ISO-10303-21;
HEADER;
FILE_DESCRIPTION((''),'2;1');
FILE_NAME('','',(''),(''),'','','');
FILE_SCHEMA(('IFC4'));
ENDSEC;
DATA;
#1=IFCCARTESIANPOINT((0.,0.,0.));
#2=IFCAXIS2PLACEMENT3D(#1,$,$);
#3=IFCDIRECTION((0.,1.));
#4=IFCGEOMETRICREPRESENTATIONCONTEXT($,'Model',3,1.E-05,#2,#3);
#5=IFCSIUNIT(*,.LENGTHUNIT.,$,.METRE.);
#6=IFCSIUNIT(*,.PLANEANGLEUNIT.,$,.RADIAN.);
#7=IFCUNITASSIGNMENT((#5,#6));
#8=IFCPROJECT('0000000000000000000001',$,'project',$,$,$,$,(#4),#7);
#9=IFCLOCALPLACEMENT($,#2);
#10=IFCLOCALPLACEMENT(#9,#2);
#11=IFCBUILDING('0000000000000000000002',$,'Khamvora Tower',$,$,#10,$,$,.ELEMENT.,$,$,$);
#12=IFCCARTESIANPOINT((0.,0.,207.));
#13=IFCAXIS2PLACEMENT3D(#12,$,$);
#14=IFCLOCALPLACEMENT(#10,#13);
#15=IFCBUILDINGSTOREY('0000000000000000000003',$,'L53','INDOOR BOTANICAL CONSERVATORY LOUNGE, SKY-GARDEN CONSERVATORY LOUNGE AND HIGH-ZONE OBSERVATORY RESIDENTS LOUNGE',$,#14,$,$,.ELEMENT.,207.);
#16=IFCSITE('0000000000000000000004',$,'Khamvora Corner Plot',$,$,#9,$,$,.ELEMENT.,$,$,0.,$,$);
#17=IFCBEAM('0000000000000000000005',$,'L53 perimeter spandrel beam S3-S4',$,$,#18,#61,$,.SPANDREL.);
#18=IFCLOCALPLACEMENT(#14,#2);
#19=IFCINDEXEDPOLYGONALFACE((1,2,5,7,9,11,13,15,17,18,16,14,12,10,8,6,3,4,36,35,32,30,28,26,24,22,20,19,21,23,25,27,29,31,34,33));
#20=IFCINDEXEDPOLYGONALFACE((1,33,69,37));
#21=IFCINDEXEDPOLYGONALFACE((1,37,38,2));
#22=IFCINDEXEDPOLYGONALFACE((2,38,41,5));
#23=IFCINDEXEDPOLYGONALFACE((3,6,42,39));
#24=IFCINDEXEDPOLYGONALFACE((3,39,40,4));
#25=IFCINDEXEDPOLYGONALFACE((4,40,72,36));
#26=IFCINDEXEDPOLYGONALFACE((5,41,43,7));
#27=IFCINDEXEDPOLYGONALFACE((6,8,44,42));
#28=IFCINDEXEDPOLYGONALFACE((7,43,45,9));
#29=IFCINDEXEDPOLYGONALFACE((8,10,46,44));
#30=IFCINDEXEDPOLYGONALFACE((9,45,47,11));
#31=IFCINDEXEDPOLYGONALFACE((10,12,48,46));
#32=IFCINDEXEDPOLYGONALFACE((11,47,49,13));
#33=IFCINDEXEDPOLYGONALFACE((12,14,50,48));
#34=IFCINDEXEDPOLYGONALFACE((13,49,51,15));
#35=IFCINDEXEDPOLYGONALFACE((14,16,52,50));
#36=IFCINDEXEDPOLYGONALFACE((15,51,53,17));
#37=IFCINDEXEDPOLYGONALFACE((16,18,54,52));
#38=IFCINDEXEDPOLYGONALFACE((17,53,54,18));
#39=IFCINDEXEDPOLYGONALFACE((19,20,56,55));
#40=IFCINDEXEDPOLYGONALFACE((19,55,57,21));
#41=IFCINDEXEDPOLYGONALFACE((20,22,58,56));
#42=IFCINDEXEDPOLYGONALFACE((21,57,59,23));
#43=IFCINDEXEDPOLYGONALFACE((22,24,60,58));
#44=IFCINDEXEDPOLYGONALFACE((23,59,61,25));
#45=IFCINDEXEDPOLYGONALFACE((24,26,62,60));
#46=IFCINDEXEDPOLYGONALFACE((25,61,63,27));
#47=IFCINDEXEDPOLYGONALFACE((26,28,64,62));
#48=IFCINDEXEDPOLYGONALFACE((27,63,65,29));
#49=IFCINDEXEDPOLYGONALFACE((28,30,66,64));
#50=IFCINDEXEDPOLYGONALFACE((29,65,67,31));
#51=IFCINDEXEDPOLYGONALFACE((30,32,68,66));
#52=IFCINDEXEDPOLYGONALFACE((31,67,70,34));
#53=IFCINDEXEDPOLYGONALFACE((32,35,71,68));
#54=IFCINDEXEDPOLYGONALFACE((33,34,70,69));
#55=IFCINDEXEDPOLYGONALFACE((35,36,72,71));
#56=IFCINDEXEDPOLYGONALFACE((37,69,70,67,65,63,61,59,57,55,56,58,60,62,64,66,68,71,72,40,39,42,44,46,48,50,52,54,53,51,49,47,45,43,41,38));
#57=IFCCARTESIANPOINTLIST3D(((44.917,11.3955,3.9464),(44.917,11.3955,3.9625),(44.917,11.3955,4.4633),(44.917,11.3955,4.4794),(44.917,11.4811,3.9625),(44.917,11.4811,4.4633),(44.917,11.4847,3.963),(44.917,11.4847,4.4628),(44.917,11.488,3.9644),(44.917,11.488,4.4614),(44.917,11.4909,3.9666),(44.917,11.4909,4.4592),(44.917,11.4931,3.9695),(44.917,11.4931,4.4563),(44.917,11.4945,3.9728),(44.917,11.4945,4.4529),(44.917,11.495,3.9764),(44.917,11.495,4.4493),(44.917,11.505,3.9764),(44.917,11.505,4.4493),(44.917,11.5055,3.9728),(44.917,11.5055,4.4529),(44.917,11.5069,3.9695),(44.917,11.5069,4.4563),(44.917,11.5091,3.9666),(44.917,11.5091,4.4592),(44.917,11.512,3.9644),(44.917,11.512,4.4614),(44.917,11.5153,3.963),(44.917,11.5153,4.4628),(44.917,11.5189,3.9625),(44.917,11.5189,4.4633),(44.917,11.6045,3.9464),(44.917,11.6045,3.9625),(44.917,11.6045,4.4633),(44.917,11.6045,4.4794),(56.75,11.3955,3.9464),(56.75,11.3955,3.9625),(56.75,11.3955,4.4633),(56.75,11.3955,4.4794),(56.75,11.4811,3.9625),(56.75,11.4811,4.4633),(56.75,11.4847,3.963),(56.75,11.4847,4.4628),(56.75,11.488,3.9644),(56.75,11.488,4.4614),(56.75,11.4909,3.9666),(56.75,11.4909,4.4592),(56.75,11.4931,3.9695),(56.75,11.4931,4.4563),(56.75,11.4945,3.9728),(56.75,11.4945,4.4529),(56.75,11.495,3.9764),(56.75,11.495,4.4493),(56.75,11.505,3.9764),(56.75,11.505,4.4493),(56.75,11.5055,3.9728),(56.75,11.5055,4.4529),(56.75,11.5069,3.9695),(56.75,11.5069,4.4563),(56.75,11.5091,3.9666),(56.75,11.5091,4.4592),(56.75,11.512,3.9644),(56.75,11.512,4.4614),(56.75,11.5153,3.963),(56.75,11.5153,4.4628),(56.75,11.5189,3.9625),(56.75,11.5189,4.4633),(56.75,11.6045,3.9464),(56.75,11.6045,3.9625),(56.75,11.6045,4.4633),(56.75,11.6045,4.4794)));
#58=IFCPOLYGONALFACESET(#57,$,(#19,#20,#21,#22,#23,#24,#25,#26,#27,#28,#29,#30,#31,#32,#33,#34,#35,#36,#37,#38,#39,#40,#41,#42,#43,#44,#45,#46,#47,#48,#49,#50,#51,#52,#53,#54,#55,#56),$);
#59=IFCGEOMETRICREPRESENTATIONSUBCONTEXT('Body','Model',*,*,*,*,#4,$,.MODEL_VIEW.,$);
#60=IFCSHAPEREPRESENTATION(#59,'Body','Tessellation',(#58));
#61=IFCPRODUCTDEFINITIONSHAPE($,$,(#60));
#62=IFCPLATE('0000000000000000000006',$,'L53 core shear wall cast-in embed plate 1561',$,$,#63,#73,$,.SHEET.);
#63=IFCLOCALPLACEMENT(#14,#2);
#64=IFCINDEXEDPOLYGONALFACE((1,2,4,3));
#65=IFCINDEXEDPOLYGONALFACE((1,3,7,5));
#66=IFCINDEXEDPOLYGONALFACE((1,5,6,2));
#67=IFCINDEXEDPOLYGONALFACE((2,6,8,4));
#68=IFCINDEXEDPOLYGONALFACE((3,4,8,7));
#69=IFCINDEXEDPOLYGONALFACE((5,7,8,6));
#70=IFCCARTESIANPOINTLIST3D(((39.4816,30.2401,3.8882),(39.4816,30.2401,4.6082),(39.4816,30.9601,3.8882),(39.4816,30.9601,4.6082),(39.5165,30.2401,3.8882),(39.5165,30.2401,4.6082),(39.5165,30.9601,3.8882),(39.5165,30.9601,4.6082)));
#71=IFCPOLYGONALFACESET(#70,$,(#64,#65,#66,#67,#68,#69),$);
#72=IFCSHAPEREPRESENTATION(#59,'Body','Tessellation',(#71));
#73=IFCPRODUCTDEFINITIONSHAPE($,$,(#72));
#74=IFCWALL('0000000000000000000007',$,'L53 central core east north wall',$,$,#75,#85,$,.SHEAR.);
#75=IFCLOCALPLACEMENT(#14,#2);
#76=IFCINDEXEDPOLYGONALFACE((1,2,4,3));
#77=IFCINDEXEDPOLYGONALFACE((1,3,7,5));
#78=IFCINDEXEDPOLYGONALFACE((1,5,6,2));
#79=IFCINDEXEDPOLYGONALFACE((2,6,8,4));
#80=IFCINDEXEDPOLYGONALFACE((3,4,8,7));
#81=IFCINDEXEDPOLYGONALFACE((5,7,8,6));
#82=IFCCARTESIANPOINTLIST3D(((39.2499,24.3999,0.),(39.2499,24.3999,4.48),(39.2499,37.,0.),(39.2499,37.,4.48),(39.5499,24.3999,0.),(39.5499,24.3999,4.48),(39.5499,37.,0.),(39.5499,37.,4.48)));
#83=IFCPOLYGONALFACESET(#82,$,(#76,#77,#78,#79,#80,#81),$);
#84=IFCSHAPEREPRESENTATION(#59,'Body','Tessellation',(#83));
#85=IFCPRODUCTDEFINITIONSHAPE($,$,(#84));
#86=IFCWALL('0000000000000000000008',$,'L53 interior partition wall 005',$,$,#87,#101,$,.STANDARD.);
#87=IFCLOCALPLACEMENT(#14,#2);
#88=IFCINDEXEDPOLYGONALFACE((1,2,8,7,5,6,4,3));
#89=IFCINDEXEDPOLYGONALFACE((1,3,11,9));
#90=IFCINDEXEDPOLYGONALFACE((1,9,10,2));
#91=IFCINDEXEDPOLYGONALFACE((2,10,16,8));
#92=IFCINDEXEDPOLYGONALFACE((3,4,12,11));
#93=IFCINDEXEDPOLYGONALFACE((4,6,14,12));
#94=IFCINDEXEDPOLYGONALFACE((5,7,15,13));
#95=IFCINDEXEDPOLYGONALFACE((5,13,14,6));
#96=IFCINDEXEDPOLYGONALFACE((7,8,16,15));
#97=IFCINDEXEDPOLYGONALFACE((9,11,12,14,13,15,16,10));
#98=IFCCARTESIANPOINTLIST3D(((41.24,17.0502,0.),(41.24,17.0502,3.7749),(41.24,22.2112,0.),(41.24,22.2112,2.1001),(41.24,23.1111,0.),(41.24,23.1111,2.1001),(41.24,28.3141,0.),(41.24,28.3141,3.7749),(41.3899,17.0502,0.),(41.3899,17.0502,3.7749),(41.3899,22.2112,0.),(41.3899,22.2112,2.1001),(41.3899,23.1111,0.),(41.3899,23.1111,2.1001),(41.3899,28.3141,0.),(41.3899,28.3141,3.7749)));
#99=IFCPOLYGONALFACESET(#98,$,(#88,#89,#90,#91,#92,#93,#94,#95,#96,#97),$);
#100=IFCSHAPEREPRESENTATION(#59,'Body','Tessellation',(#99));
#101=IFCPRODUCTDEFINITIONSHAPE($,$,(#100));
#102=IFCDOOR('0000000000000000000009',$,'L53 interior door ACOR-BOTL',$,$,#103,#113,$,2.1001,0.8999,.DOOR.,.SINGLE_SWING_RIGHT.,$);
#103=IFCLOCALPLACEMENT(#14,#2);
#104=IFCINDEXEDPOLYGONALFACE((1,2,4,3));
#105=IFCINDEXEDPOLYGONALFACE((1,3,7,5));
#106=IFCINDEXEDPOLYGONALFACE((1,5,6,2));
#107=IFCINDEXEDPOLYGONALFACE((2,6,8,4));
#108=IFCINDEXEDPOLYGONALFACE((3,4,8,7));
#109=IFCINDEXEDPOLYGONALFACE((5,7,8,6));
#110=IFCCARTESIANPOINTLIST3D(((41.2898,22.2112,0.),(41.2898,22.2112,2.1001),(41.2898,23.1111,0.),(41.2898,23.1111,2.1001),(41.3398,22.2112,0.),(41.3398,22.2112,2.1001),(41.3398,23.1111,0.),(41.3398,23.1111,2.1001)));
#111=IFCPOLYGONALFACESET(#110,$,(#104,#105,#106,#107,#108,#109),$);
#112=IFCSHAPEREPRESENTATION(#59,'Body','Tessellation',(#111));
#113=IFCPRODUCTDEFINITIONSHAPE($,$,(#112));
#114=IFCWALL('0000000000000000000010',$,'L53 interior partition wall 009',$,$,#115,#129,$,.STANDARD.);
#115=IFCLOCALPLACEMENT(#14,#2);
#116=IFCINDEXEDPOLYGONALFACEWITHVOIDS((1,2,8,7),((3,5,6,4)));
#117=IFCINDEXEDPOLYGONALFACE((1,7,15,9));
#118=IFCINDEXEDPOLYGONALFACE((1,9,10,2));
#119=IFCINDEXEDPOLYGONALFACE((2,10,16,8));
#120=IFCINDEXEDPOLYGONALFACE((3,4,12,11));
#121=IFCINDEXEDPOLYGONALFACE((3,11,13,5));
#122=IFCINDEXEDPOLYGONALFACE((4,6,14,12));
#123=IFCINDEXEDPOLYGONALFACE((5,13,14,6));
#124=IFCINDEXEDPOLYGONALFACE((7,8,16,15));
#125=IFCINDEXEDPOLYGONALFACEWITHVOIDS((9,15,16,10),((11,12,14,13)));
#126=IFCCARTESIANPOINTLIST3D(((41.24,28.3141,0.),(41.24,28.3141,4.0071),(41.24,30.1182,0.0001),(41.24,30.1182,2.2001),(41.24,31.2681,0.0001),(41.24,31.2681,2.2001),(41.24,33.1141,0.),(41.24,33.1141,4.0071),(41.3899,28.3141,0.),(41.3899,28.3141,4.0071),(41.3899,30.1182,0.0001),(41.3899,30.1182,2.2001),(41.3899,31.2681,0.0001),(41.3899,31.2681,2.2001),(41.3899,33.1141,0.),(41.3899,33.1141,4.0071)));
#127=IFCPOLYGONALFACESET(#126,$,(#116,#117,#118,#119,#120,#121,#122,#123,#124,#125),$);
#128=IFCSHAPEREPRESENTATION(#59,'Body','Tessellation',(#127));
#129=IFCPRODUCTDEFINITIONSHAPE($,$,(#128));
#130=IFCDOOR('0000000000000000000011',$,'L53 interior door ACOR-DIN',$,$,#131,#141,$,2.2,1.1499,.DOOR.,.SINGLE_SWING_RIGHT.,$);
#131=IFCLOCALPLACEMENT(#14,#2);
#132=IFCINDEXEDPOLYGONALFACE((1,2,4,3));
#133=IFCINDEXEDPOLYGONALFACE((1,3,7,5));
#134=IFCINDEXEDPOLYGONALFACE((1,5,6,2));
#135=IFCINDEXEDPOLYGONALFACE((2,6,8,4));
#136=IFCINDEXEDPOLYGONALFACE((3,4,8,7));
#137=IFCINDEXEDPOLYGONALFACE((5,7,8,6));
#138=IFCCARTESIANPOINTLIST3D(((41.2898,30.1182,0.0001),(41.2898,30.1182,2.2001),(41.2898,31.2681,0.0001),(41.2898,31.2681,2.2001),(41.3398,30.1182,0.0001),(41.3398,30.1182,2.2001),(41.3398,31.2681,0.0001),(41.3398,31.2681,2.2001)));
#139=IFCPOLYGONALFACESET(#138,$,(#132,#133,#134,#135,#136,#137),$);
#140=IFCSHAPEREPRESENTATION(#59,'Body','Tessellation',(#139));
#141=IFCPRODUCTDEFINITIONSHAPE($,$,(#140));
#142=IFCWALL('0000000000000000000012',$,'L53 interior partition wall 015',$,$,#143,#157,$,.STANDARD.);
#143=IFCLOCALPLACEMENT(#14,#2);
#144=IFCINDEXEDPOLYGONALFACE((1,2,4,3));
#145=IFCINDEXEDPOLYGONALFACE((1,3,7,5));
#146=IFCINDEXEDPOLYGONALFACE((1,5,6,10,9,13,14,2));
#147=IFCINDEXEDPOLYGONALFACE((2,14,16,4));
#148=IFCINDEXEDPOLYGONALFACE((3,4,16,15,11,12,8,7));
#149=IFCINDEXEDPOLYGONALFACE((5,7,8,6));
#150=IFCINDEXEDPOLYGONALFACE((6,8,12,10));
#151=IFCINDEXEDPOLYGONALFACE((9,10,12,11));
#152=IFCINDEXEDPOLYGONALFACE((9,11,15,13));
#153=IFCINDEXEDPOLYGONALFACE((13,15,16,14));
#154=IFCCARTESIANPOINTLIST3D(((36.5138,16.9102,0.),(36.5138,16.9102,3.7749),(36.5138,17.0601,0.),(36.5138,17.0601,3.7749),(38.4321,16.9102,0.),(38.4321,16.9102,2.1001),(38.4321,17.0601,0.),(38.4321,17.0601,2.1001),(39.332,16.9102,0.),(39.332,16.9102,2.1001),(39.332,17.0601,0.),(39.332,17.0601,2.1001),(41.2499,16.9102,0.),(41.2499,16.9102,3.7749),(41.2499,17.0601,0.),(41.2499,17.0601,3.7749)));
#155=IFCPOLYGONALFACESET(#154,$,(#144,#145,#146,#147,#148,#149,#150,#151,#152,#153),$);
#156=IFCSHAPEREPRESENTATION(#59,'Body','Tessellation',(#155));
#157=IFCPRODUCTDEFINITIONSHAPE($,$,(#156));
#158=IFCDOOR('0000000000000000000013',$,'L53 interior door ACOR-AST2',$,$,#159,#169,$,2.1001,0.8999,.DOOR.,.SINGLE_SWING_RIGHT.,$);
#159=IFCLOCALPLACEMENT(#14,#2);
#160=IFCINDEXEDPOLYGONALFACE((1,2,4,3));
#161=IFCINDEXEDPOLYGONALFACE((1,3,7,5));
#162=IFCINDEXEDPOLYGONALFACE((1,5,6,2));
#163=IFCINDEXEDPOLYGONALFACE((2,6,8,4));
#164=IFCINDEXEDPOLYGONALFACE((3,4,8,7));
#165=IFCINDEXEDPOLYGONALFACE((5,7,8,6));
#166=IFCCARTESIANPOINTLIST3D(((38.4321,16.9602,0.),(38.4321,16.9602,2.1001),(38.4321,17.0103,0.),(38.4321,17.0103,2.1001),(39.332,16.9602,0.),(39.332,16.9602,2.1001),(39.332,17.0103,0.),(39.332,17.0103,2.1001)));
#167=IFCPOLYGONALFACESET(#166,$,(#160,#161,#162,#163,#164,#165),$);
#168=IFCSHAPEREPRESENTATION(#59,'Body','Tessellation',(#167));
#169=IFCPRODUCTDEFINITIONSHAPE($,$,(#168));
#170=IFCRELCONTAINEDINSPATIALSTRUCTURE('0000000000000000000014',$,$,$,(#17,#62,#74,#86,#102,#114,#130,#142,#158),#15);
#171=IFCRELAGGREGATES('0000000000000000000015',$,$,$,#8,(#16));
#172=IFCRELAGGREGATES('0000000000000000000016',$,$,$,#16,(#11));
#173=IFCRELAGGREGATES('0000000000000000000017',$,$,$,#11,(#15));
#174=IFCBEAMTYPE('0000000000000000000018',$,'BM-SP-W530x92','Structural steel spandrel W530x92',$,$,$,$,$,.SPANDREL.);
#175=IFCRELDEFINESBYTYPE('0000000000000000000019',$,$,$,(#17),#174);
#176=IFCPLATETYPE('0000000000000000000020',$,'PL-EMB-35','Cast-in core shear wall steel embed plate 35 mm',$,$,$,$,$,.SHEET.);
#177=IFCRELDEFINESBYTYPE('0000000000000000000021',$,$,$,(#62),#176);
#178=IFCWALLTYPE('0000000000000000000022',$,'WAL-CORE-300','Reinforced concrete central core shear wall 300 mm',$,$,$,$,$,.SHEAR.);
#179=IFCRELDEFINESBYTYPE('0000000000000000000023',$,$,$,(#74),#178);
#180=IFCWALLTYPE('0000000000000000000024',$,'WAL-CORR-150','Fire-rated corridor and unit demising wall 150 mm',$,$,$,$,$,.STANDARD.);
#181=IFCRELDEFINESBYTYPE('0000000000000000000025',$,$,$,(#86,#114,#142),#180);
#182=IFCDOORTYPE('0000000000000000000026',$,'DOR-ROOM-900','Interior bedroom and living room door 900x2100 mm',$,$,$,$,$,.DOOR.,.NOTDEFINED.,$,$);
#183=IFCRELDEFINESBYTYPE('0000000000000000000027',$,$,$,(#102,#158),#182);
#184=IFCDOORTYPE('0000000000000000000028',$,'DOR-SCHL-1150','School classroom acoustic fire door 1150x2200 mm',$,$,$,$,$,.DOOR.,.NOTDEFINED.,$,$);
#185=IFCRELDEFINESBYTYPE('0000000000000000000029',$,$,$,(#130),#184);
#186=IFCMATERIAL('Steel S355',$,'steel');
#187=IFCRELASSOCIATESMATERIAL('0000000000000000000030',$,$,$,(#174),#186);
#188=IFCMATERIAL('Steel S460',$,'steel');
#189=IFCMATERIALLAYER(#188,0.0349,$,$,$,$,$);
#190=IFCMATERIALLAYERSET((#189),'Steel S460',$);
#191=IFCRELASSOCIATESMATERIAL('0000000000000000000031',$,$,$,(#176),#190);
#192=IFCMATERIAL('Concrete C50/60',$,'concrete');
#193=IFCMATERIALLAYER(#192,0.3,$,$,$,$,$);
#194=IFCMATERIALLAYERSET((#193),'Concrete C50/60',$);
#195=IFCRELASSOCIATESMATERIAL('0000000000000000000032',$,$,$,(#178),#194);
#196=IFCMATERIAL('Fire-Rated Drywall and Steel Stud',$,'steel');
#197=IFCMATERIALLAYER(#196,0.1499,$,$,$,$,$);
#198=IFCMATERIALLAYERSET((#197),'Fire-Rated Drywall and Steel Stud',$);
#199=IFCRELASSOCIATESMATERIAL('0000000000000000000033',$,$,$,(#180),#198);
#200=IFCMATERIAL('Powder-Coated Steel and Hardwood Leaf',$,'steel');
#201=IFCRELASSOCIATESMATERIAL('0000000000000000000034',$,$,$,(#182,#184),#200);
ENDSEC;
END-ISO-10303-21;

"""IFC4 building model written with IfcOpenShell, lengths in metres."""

from ifc_helpers import new_model, si_unit, direction, frame, frame_2d, origin, origin_2d, place, context, subcontext, project, spatial, rectangle, i_section, extrude, material, layer, layer_set, material_profile, profile_set, type_object, element, fill, save


model = new_model("IFC4")

# Units and contexts
model_context = context("Model", 3, precision=1e-05, world=origin(), true_north=direction((0.0, 1.0)))
body_context = subcontext(model_context, "Body", "Model", "MODEL_VIEW")
ifc_project = project(units=[si_unit("LENGTHUNIT", "METRE"), si_unit("PLANEANGLEUNIT", "RADIAN")], contexts=[model_context])

# Site, building, storey
site_placement = place(None, origin())
site = spatial("IfcSite", under=ifc_project, at=site_placement, Name="Khamvora Corner Plot", CompositionType="ELEMENT", RefElevation=0.0)
building_placement = place(site_placement, origin())
building = spatial("IfcBuilding", under=site, at=building_placement, Name="Khamvora Tower", CompositionType="ELEMENT")
storey_placement = place(building_placement, frame((0.0, 0.0, 207.0)))
storey = spatial("IfcBuildingStorey", under=building, at=storey_placement, Name="L53", Description="INDOOR BOTANICAL CONSERVATORY LOUNGE, SKY-GARDEN CONSERVATORY LOUNGE AND HIGH-ZONE OBSERVATORY RESIDENTS LOUNGE", CompositionType="ELEMENT", Elevation=207.0)

# Shared definitions
ifc_material_1 = material(Name="Steel S355", Category="steel")

# Beam
ifc_material_profile_1 = material_profile(ifc_material_1, i_section(OverallWidth=0.209, OverallDepth=0.533, WebThickness=0.01, FlangeThickness=0.0161, FilletRadius=0.0139, at=origin_2d()), Name="W530x92")
ifc_profile_set_1 = profile_set([ifc_material_profile_1], Name="Steel S355")
beam_type_1 = type_object("IfcBeamType", Name="BM-SP-W530x92", Description="Structural steel spandrel W530x92", PredefinedType="SPANDREL", material=ifc_profile_set_1)
beam_1_placement = place(storey_placement, frame((44.917, 11.5, 4.2129), z_axis=(1.0, 0.0, 0.0), x_axis=(0.0, 1.0, 0.0)))
element("IfcBeam", 1, at=beam_1_placement, inside=storey, type_object=beam_type_1, Name="L53 perimeter spandrel beam S3-S4", PredefinedType="SPANDREL", context=body_context, shape_type="SweptSolid", body=[
    extrude(i_section(OverallWidth=0.209, OverallDepth=0.533, WebThickness=0.01, FlangeThickness=0.0161, FilletRadius=0.0139, at=origin_2d()), origin(), (0.0, 0.0, 1.0), 11.833),
])

# Plate
ifc_material_2 = material(Name="Steel S460", Category="steel")
ifc_layer_1 = layer(ifc_material_2, 0.0349)
ifc_layer_set_1 = layer_set([ifc_layer_1], Name="Steel S460")
plate_type = type_object("IfcPlateType", Name="PL-EMB-35", Description="Cast-in core shear wall steel embed plate 35 mm", PredefinedType="SHEET", material=ifc_layer_set_1)
plate_placement = place(storey_placement, frame((39.499, 30.6001, 3.8882), z_axis=(0.0, 0.0, 1.0), x_axis=(1.0, 0.0, 0.0)))
element("IfcPlate", 2, at=plate_placement, inside=storey, type_object=plate_type, Name="L53 core shear wall cast-in embed plate 1561", PredefinedType="SHEET", context=body_context, shape_type="SweptSolid", body=[
    extrude(rectangle(XDim=0.0349, YDim=0.72, at=origin_2d()), origin(), (0.0, 0.0, 1.0), 0.72),
])

# Wall
ifc_material_3 = material(Name="Concrete C50/60", Category="concrete")
ifc_layer_2 = layer(ifc_material_3, 0.3)
ifc_layer_set_2 = layer_set([ifc_layer_2], Name="Concrete C50/60")
wall_type_1 = type_object("IfcWallType", Name="WAL-CORE-300", Description="Reinforced concrete central core shear wall 300 mm", PredefinedType="SHEAR", material=ifc_layer_set_2)
wall_1_placement = place(storey_placement, frame((39.3999, 24.3999, 0.0), z_axis=(0.0, 0.0, 1.0), x_axis=(0.0, 1.0, 0.0)))
element("IfcWall", 3, at=wall_1_placement, inside=storey, type_object=wall_type_1, Name="L53 central core east north wall", PredefinedType="SHEAR", context=body_context, shape_type="SweptSolid", body=[
    extrude(rectangle(XDim=12.6001, YDim=0.3, at=frame_2d((6.3, 0.0))), origin(), (0.0, 0.0, 1.0), 4.48),
])

# Walls, openings, doors
ifc_material_4 = material(Name="Fire-Rated Drywall and Steel Stud", Category="steel")
ifc_layer_3 = layer(ifc_material_4, 0.1499)
ifc_layer_set_3 = layer_set([ifc_layer_3], Name="Fire-Rated Drywall and Steel Stud")
wall_type_2 = type_object("IfcWallType", Name="WAL-CORR-150", Description="Fire-rated corridor and unit demising wall 150 mm", PredefinedType="STANDARD", material=ifc_layer_set_3)
wall_2_placement = place(storey_placement, frame((41.3149, 28.314, 0.0), z_axis=(0.0, 0.0, 1.0), x_axis=(0.0, -1.0, 0.0)))
wall_2 = element("IfcWall", 4, at=wall_2_placement, inside=storey, type_object=wall_type_2, Name="L53 interior partition wall 005", PredefinedType="STANDARD", context=body_context, shape_type="SweptSolid", body=[
    extrude(rectangle(XDim=11.2639, YDim=0.1499, at=frame_2d((5.6318, 0.0))), origin(), (0.0, 0.0, 1.0), 3.7749),
])
opening_1_placement = place(wall_2_placement, frame((5.2029, 0.0, 0.0)))
opening_1 = element("IfcOpeningElement", 5, at=opening_1_placement, cuts=wall_2, PredefinedType="OPENING", context=body_context, shape_type="SweptSolid", body=[
    extrude(rectangle(XDim=0.8999, YDim=2.1001, at=frame_2d((0.45, 1.05))), frame((0.0, 0.085, 0.0), z_axis=(0.0, -1.0, 0.0), x_axis=(1.0, 0.0, 0.0)), (0.0, 0.0, 1.0), 0.1699),
])
ifc_material_5 = material(Name="Powder-Coated Steel and Hardwood Leaf", Category="steel")
door_type_1 = type_object("IfcDoorType", Name="DOR-ROOM-900", Description="Interior bedroom and living room door 900x2100 mm", OperationType="NOTDEFINED", PredefinedType="DOOR", material=ifc_material_5)
door_1_placement = place(opening_1_placement, origin())
door_1 = element("IfcDoor", 6, at=door_1_placement, inside=storey, type_object=door_type_1, Name="L53 interior door ACOR-BOTL", OperationType="SINGLE_SWING_RIGHT", OverallHeight=2.1001, OverallWidth=0.8999, PredefinedType="DOOR", context=body_context, shape_type="SweptSolid", body=[
    extrude(rectangle(XDim=0.8999, YDim=2.1001, at=frame_2d((0.45, 1.05))), frame((0.0, 0.0249, 0.0), z_axis=(0.0, -1.0, 0.0), x_axis=(1.0, 0.0, 0.0)), (0.0, 0.0, 1.0), 0.05),
])
fill(opening_1, door_1)
wall_3_placement = place(storey_placement, frame((41.3149, 33.114, 0.0), z_axis=(0.0, 0.0, 1.0), x_axis=(0.0, -1.0, 0.0)))
wall_3 = element("IfcWall", 7, at=wall_3_placement, inside=storey, type_object=wall_type_2, Name="L53 interior partition wall 009", PredefinedType="STANDARD", context=body_context, shape_type="SweptSolid", body=[
    extrude(rectangle(XDim=4.8, YDim=0.1499, at=frame_2d((2.3999, 0.0))), origin(), (0.0, 0.0, 1.0), 4.0071),
])
opening_2_placement = place(wall_3_placement, frame((1.8459, 0.0, 0.0)))
opening_2 = element("IfcOpeningElement", 8, at=opening_2_placement, cuts=wall_3, PredefinedType="OPENING", context=body_context, shape_type="SweptSolid", body=[
    extrude(rectangle(XDim=1.1499, YDim=2.2, at=frame_2d((0.575, 1.1001))), frame((0.0, 0.085, 0.0), z_axis=(0.0, -1.0, 0.0), x_axis=(1.0, 0.0, 0.0)), (0.0, 0.0, 1.0), 0.1699),
])
door_type_2 = type_object("IfcDoorType", Name="DOR-SCHL-1150", Description="School classroom acoustic fire door 1150x2200 mm", OperationType="NOTDEFINED", PredefinedType="DOOR", material=ifc_material_5)
door_2_placement = place(opening_2_placement, origin())
door_2 = element("IfcDoor", 9, at=door_2_placement, inside=storey, type_object=door_type_2, Name="L53 interior door ACOR-DIN", OperationType="SINGLE_SWING_RIGHT", OverallHeight=2.2, OverallWidth=1.1499, PredefinedType="DOOR", context=body_context, shape_type="SweptSolid", body=[
    extrude(rectangle(XDim=1.1499, YDim=2.2, at=frame_2d((0.575, 1.1001))), frame((0.0, 0.0249, 0.0), z_axis=(0.0, -1.0, 0.0), x_axis=(1.0, 0.0, 0.0)), (0.0, 0.0, 1.0), 0.05),
])
fill(opening_2, door_2)
wall_4_placement = place(storey_placement, frame((41.25, 16.9851, 0.0), z_axis=(0.0, 0.0, 1.0), x_axis=(-1.0, 0.0, 0.0)))
wall_4 = element("IfcWall", 10, at=wall_4_placement, inside=storey, type_object=wall_type_2, Name="L53 interior partition wall 015", PredefinedType="STANDARD", context=body_context, shape_type="SweptSolid", body=[
    extrude(rectangle(XDim=4.7361, YDim=0.1499, at=frame_2d((2.3682, 0.0))), origin(), (0.0, 0.0, 1.0), 3.7749),
])
opening_3_placement = place(wall_4_placement, frame((1.918, 0.0, 0.0)))
opening_3 = element("IfcOpeningElement", 11, at=opening_3_placement, cuts=wall_4, PredefinedType="OPENING", context=body_context, shape_type="SweptSolid", body=[
    extrude(rectangle(XDim=0.8999, YDim=2.1001, at=frame_2d((0.45, 1.05))), frame((0.0, 0.085, 0.0), z_axis=(0.0, -1.0, 0.0), x_axis=(1.0, 0.0, 0.0)), (0.0, 0.0, 1.0), 0.1699),
])
door_3_placement = place(opening_3_placement, origin())
door_3 = element("IfcDoor", 12, at=door_3_placement, inside=storey, type_object=door_type_1, Name="L53 interior door ACOR-AST2", OperationType="SINGLE_SWING_RIGHT", OverallHeight=2.1001, OverallWidth=0.8999, PredefinedType="DOOR", context=body_context, shape_type="SweptSolid", body=[
    extrude(rectangle(XDim=0.8999, YDim=2.1001, at=frame_2d((0.45, 1.05))), frame((0.0, 0.0249, 0.0), z_axis=(0.0, -1.0, 0.0), x_axis=(1.0, 0.0, 0.0)), (0.0, 0.0, 1.0), 0.05),
])
fill(opening_3, door_3)

save(model, "model.ifc")
